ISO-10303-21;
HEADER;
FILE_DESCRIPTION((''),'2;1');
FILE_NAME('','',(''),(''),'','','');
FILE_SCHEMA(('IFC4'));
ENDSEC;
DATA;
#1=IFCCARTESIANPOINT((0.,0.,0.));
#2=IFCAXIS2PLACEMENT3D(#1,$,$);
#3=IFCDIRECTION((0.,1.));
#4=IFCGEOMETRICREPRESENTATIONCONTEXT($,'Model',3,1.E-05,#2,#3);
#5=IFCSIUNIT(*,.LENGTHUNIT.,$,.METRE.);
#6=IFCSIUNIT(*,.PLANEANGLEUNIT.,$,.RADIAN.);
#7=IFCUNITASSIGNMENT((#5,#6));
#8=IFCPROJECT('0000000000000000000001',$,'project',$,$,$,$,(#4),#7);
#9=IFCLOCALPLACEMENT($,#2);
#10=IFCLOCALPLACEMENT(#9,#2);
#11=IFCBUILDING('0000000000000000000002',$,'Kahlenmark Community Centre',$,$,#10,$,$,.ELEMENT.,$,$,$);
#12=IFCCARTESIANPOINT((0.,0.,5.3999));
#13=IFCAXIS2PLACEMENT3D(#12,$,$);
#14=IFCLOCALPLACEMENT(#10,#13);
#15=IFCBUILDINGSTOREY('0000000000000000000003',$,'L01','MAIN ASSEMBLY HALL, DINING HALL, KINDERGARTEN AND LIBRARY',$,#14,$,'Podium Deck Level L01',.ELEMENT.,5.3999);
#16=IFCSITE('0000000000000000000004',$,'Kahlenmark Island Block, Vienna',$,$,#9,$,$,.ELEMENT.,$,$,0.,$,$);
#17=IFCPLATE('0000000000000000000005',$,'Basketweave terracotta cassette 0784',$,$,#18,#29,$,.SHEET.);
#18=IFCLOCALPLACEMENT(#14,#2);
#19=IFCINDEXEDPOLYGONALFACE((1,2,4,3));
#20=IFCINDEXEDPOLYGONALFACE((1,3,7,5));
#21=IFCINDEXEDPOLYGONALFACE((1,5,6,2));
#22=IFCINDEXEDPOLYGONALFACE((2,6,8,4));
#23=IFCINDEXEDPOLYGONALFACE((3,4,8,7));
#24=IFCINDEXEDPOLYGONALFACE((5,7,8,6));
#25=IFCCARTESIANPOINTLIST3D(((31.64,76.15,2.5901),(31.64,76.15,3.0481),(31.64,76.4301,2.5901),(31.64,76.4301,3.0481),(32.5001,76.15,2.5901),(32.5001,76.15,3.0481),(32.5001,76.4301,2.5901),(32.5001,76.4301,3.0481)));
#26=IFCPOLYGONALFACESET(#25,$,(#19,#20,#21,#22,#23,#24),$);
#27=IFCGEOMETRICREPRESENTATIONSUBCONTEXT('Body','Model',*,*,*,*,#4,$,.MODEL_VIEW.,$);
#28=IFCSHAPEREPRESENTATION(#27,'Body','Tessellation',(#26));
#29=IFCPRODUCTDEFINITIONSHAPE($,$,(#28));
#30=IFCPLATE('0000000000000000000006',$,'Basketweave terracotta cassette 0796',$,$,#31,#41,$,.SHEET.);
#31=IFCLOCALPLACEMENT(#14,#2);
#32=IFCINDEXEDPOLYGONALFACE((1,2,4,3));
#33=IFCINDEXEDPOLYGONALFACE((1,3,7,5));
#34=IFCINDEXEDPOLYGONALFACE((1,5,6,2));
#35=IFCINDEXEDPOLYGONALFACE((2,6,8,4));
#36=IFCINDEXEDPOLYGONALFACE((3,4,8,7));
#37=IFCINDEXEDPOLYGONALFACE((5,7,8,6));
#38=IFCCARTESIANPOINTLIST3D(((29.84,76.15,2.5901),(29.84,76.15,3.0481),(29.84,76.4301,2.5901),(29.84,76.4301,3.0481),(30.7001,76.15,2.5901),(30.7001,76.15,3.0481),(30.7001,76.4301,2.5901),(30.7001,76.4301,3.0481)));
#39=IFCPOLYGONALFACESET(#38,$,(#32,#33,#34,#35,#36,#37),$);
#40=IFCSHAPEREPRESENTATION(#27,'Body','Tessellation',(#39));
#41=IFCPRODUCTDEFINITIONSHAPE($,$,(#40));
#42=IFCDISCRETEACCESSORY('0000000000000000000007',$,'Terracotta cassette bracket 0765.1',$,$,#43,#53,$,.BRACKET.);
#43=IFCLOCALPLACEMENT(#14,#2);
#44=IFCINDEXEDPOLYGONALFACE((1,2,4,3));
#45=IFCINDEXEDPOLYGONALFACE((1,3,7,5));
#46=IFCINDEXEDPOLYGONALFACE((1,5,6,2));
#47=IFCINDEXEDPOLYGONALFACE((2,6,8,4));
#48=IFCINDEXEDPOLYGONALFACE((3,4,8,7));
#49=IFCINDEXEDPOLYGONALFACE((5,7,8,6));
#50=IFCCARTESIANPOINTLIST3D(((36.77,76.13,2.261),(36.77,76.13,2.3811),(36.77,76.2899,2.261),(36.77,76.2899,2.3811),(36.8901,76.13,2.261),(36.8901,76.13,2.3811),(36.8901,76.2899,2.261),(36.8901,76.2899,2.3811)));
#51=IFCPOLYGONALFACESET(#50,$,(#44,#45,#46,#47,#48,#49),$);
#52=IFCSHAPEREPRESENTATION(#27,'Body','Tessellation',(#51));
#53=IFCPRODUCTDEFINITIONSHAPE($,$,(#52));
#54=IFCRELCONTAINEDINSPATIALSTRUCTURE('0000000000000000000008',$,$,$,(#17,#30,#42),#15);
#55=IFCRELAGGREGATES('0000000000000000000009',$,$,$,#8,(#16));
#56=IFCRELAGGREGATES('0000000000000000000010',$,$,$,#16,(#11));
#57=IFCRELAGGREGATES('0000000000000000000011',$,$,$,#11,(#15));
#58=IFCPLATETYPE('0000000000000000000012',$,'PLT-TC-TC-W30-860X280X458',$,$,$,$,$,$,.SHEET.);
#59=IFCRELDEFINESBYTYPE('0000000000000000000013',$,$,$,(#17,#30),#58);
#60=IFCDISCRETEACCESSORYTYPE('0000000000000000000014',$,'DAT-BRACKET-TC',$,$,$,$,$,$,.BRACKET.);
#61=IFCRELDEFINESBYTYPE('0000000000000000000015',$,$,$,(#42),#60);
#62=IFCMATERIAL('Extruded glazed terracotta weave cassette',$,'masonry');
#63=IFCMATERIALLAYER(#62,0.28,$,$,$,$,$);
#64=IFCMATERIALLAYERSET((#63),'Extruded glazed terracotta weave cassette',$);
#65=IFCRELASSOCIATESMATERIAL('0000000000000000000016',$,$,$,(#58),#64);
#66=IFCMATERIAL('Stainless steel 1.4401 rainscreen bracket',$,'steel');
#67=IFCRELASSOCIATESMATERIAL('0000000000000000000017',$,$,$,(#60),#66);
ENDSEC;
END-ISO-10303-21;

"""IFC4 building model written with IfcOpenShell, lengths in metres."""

from ifc_helpers import new_model, si_unit, direction, frame, origin, origin_2d, place, context, subcontext, project, spatial, rectangle, extrude, material, layer, layer_set, type_object, element, save


model = new_model("IFC4")

# Units and contexts
model_context = context("Model", 3, precision=1e-05, world=origin(), true_north=direction((0.0, 1.0)))
body_context = subcontext(model_context, "Body", "Model", "MODEL_VIEW")
ifc_project = project(units=[si_unit("LENGTHUNIT", "METRE"), si_unit("PLANEANGLEUNIT", "RADIAN")], contexts=[model_context])

# Site, building, storey
site_placement = place(None, origin())
site = spatial("IfcSite", under=ifc_project, at=site_placement, Name="Kahlenmark Island Block, Vienna", CompositionType="ELEMENT", RefElevation=0.0)
building_placement = place(site_placement, origin())
building = spatial("IfcBuilding", under=site, at=building_placement, Name="Kahlenmark Community Centre", CompositionType="ELEMENT")
storey_placement = place(building_placement, frame((0.0, 0.0, 5.3999)))
storey = spatial("IfcBuildingStorey", under=building, at=storey_placement, Name="L01", Description="MAIN ASSEMBLY HALL, DINING HALL, KINDERGARTEN AND LIBRARY", LongName="Podium Deck Level L01", CompositionType="ELEMENT", Elevation=5.3999)

# Plates
ifc_material_1 = material(Name="Extruded glazed terracotta weave cassette", Category="masonry")
ifc_layer_1 = layer(ifc_material_1, 0.28)
ifc_layer_set_1 = layer_set([ifc_layer_1], Name="Extruded glazed terracotta weave cassette")
plate_type_1 = type_object("IfcPlateType", Name="PLT-TC-TC-W30-860X280X458", PredefinedType="SHEET", material=ifc_layer_set_1)
for number, where, z_axis, x_axis, name in (
    (1, (32.0701, 76.29, 2.5901), (0.0, 0.0, 1.0), (-1.0, 0.0, 0.0), "Basketweave terracotta cassette 0784"),
    (2, (30.27, 76.29, 2.5901), (0.0, 0.0, 1.0), (-1.0, 0.0, 0.0), "Basketweave terracotta cassette 0796"),
):
    element("IfcPlate", number, at=place(storey_placement, frame(where, z_axis=z_axis, x_axis=x_axis)), inside=storey, type_object=plate_type_1, Name=name, PredefinedType="SHEET", context=body_context, shape_type="SweptSolid", body=[
        extrude(rectangle(XDim=0.8601, YDim=0.28, at=origin_2d()), origin(), (0.0, 0.0, 1.0), 0.458),
    ])

# Discrete accessory
ifc_material_2 = material(Name="Stainless steel 1.4401 rainscreen bracket", Category="steel")
discrete_accessory_type = type_object("IfcDiscreteAccessoryType", Name="DAT-BRACKET-TC", PredefinedType="BRACKET", material=ifc_material_2)
discrete_accessory_placement = place(storey_placement, frame((36.8301, 76.21, 2.261), z_axis=(0.0, 0.0, 1.0), x_axis=(-1.0, 0.0, 0.0)))
element("IfcDiscreteAccessory", 3, at=discrete_accessory_placement, inside=storey, type_object=discrete_accessory_type, Name="Terracotta cassette bracket 0765.1", PredefinedType="BRACKET", context=body_context, shape_type="SweptSolid", body=[
    extrude(rectangle(XDim=0.1201, YDim=0.1599, at=origin_2d()), origin(), (0.0, 0.0, 1.0), 0.1201),
])

save(model, "model.ifc")
